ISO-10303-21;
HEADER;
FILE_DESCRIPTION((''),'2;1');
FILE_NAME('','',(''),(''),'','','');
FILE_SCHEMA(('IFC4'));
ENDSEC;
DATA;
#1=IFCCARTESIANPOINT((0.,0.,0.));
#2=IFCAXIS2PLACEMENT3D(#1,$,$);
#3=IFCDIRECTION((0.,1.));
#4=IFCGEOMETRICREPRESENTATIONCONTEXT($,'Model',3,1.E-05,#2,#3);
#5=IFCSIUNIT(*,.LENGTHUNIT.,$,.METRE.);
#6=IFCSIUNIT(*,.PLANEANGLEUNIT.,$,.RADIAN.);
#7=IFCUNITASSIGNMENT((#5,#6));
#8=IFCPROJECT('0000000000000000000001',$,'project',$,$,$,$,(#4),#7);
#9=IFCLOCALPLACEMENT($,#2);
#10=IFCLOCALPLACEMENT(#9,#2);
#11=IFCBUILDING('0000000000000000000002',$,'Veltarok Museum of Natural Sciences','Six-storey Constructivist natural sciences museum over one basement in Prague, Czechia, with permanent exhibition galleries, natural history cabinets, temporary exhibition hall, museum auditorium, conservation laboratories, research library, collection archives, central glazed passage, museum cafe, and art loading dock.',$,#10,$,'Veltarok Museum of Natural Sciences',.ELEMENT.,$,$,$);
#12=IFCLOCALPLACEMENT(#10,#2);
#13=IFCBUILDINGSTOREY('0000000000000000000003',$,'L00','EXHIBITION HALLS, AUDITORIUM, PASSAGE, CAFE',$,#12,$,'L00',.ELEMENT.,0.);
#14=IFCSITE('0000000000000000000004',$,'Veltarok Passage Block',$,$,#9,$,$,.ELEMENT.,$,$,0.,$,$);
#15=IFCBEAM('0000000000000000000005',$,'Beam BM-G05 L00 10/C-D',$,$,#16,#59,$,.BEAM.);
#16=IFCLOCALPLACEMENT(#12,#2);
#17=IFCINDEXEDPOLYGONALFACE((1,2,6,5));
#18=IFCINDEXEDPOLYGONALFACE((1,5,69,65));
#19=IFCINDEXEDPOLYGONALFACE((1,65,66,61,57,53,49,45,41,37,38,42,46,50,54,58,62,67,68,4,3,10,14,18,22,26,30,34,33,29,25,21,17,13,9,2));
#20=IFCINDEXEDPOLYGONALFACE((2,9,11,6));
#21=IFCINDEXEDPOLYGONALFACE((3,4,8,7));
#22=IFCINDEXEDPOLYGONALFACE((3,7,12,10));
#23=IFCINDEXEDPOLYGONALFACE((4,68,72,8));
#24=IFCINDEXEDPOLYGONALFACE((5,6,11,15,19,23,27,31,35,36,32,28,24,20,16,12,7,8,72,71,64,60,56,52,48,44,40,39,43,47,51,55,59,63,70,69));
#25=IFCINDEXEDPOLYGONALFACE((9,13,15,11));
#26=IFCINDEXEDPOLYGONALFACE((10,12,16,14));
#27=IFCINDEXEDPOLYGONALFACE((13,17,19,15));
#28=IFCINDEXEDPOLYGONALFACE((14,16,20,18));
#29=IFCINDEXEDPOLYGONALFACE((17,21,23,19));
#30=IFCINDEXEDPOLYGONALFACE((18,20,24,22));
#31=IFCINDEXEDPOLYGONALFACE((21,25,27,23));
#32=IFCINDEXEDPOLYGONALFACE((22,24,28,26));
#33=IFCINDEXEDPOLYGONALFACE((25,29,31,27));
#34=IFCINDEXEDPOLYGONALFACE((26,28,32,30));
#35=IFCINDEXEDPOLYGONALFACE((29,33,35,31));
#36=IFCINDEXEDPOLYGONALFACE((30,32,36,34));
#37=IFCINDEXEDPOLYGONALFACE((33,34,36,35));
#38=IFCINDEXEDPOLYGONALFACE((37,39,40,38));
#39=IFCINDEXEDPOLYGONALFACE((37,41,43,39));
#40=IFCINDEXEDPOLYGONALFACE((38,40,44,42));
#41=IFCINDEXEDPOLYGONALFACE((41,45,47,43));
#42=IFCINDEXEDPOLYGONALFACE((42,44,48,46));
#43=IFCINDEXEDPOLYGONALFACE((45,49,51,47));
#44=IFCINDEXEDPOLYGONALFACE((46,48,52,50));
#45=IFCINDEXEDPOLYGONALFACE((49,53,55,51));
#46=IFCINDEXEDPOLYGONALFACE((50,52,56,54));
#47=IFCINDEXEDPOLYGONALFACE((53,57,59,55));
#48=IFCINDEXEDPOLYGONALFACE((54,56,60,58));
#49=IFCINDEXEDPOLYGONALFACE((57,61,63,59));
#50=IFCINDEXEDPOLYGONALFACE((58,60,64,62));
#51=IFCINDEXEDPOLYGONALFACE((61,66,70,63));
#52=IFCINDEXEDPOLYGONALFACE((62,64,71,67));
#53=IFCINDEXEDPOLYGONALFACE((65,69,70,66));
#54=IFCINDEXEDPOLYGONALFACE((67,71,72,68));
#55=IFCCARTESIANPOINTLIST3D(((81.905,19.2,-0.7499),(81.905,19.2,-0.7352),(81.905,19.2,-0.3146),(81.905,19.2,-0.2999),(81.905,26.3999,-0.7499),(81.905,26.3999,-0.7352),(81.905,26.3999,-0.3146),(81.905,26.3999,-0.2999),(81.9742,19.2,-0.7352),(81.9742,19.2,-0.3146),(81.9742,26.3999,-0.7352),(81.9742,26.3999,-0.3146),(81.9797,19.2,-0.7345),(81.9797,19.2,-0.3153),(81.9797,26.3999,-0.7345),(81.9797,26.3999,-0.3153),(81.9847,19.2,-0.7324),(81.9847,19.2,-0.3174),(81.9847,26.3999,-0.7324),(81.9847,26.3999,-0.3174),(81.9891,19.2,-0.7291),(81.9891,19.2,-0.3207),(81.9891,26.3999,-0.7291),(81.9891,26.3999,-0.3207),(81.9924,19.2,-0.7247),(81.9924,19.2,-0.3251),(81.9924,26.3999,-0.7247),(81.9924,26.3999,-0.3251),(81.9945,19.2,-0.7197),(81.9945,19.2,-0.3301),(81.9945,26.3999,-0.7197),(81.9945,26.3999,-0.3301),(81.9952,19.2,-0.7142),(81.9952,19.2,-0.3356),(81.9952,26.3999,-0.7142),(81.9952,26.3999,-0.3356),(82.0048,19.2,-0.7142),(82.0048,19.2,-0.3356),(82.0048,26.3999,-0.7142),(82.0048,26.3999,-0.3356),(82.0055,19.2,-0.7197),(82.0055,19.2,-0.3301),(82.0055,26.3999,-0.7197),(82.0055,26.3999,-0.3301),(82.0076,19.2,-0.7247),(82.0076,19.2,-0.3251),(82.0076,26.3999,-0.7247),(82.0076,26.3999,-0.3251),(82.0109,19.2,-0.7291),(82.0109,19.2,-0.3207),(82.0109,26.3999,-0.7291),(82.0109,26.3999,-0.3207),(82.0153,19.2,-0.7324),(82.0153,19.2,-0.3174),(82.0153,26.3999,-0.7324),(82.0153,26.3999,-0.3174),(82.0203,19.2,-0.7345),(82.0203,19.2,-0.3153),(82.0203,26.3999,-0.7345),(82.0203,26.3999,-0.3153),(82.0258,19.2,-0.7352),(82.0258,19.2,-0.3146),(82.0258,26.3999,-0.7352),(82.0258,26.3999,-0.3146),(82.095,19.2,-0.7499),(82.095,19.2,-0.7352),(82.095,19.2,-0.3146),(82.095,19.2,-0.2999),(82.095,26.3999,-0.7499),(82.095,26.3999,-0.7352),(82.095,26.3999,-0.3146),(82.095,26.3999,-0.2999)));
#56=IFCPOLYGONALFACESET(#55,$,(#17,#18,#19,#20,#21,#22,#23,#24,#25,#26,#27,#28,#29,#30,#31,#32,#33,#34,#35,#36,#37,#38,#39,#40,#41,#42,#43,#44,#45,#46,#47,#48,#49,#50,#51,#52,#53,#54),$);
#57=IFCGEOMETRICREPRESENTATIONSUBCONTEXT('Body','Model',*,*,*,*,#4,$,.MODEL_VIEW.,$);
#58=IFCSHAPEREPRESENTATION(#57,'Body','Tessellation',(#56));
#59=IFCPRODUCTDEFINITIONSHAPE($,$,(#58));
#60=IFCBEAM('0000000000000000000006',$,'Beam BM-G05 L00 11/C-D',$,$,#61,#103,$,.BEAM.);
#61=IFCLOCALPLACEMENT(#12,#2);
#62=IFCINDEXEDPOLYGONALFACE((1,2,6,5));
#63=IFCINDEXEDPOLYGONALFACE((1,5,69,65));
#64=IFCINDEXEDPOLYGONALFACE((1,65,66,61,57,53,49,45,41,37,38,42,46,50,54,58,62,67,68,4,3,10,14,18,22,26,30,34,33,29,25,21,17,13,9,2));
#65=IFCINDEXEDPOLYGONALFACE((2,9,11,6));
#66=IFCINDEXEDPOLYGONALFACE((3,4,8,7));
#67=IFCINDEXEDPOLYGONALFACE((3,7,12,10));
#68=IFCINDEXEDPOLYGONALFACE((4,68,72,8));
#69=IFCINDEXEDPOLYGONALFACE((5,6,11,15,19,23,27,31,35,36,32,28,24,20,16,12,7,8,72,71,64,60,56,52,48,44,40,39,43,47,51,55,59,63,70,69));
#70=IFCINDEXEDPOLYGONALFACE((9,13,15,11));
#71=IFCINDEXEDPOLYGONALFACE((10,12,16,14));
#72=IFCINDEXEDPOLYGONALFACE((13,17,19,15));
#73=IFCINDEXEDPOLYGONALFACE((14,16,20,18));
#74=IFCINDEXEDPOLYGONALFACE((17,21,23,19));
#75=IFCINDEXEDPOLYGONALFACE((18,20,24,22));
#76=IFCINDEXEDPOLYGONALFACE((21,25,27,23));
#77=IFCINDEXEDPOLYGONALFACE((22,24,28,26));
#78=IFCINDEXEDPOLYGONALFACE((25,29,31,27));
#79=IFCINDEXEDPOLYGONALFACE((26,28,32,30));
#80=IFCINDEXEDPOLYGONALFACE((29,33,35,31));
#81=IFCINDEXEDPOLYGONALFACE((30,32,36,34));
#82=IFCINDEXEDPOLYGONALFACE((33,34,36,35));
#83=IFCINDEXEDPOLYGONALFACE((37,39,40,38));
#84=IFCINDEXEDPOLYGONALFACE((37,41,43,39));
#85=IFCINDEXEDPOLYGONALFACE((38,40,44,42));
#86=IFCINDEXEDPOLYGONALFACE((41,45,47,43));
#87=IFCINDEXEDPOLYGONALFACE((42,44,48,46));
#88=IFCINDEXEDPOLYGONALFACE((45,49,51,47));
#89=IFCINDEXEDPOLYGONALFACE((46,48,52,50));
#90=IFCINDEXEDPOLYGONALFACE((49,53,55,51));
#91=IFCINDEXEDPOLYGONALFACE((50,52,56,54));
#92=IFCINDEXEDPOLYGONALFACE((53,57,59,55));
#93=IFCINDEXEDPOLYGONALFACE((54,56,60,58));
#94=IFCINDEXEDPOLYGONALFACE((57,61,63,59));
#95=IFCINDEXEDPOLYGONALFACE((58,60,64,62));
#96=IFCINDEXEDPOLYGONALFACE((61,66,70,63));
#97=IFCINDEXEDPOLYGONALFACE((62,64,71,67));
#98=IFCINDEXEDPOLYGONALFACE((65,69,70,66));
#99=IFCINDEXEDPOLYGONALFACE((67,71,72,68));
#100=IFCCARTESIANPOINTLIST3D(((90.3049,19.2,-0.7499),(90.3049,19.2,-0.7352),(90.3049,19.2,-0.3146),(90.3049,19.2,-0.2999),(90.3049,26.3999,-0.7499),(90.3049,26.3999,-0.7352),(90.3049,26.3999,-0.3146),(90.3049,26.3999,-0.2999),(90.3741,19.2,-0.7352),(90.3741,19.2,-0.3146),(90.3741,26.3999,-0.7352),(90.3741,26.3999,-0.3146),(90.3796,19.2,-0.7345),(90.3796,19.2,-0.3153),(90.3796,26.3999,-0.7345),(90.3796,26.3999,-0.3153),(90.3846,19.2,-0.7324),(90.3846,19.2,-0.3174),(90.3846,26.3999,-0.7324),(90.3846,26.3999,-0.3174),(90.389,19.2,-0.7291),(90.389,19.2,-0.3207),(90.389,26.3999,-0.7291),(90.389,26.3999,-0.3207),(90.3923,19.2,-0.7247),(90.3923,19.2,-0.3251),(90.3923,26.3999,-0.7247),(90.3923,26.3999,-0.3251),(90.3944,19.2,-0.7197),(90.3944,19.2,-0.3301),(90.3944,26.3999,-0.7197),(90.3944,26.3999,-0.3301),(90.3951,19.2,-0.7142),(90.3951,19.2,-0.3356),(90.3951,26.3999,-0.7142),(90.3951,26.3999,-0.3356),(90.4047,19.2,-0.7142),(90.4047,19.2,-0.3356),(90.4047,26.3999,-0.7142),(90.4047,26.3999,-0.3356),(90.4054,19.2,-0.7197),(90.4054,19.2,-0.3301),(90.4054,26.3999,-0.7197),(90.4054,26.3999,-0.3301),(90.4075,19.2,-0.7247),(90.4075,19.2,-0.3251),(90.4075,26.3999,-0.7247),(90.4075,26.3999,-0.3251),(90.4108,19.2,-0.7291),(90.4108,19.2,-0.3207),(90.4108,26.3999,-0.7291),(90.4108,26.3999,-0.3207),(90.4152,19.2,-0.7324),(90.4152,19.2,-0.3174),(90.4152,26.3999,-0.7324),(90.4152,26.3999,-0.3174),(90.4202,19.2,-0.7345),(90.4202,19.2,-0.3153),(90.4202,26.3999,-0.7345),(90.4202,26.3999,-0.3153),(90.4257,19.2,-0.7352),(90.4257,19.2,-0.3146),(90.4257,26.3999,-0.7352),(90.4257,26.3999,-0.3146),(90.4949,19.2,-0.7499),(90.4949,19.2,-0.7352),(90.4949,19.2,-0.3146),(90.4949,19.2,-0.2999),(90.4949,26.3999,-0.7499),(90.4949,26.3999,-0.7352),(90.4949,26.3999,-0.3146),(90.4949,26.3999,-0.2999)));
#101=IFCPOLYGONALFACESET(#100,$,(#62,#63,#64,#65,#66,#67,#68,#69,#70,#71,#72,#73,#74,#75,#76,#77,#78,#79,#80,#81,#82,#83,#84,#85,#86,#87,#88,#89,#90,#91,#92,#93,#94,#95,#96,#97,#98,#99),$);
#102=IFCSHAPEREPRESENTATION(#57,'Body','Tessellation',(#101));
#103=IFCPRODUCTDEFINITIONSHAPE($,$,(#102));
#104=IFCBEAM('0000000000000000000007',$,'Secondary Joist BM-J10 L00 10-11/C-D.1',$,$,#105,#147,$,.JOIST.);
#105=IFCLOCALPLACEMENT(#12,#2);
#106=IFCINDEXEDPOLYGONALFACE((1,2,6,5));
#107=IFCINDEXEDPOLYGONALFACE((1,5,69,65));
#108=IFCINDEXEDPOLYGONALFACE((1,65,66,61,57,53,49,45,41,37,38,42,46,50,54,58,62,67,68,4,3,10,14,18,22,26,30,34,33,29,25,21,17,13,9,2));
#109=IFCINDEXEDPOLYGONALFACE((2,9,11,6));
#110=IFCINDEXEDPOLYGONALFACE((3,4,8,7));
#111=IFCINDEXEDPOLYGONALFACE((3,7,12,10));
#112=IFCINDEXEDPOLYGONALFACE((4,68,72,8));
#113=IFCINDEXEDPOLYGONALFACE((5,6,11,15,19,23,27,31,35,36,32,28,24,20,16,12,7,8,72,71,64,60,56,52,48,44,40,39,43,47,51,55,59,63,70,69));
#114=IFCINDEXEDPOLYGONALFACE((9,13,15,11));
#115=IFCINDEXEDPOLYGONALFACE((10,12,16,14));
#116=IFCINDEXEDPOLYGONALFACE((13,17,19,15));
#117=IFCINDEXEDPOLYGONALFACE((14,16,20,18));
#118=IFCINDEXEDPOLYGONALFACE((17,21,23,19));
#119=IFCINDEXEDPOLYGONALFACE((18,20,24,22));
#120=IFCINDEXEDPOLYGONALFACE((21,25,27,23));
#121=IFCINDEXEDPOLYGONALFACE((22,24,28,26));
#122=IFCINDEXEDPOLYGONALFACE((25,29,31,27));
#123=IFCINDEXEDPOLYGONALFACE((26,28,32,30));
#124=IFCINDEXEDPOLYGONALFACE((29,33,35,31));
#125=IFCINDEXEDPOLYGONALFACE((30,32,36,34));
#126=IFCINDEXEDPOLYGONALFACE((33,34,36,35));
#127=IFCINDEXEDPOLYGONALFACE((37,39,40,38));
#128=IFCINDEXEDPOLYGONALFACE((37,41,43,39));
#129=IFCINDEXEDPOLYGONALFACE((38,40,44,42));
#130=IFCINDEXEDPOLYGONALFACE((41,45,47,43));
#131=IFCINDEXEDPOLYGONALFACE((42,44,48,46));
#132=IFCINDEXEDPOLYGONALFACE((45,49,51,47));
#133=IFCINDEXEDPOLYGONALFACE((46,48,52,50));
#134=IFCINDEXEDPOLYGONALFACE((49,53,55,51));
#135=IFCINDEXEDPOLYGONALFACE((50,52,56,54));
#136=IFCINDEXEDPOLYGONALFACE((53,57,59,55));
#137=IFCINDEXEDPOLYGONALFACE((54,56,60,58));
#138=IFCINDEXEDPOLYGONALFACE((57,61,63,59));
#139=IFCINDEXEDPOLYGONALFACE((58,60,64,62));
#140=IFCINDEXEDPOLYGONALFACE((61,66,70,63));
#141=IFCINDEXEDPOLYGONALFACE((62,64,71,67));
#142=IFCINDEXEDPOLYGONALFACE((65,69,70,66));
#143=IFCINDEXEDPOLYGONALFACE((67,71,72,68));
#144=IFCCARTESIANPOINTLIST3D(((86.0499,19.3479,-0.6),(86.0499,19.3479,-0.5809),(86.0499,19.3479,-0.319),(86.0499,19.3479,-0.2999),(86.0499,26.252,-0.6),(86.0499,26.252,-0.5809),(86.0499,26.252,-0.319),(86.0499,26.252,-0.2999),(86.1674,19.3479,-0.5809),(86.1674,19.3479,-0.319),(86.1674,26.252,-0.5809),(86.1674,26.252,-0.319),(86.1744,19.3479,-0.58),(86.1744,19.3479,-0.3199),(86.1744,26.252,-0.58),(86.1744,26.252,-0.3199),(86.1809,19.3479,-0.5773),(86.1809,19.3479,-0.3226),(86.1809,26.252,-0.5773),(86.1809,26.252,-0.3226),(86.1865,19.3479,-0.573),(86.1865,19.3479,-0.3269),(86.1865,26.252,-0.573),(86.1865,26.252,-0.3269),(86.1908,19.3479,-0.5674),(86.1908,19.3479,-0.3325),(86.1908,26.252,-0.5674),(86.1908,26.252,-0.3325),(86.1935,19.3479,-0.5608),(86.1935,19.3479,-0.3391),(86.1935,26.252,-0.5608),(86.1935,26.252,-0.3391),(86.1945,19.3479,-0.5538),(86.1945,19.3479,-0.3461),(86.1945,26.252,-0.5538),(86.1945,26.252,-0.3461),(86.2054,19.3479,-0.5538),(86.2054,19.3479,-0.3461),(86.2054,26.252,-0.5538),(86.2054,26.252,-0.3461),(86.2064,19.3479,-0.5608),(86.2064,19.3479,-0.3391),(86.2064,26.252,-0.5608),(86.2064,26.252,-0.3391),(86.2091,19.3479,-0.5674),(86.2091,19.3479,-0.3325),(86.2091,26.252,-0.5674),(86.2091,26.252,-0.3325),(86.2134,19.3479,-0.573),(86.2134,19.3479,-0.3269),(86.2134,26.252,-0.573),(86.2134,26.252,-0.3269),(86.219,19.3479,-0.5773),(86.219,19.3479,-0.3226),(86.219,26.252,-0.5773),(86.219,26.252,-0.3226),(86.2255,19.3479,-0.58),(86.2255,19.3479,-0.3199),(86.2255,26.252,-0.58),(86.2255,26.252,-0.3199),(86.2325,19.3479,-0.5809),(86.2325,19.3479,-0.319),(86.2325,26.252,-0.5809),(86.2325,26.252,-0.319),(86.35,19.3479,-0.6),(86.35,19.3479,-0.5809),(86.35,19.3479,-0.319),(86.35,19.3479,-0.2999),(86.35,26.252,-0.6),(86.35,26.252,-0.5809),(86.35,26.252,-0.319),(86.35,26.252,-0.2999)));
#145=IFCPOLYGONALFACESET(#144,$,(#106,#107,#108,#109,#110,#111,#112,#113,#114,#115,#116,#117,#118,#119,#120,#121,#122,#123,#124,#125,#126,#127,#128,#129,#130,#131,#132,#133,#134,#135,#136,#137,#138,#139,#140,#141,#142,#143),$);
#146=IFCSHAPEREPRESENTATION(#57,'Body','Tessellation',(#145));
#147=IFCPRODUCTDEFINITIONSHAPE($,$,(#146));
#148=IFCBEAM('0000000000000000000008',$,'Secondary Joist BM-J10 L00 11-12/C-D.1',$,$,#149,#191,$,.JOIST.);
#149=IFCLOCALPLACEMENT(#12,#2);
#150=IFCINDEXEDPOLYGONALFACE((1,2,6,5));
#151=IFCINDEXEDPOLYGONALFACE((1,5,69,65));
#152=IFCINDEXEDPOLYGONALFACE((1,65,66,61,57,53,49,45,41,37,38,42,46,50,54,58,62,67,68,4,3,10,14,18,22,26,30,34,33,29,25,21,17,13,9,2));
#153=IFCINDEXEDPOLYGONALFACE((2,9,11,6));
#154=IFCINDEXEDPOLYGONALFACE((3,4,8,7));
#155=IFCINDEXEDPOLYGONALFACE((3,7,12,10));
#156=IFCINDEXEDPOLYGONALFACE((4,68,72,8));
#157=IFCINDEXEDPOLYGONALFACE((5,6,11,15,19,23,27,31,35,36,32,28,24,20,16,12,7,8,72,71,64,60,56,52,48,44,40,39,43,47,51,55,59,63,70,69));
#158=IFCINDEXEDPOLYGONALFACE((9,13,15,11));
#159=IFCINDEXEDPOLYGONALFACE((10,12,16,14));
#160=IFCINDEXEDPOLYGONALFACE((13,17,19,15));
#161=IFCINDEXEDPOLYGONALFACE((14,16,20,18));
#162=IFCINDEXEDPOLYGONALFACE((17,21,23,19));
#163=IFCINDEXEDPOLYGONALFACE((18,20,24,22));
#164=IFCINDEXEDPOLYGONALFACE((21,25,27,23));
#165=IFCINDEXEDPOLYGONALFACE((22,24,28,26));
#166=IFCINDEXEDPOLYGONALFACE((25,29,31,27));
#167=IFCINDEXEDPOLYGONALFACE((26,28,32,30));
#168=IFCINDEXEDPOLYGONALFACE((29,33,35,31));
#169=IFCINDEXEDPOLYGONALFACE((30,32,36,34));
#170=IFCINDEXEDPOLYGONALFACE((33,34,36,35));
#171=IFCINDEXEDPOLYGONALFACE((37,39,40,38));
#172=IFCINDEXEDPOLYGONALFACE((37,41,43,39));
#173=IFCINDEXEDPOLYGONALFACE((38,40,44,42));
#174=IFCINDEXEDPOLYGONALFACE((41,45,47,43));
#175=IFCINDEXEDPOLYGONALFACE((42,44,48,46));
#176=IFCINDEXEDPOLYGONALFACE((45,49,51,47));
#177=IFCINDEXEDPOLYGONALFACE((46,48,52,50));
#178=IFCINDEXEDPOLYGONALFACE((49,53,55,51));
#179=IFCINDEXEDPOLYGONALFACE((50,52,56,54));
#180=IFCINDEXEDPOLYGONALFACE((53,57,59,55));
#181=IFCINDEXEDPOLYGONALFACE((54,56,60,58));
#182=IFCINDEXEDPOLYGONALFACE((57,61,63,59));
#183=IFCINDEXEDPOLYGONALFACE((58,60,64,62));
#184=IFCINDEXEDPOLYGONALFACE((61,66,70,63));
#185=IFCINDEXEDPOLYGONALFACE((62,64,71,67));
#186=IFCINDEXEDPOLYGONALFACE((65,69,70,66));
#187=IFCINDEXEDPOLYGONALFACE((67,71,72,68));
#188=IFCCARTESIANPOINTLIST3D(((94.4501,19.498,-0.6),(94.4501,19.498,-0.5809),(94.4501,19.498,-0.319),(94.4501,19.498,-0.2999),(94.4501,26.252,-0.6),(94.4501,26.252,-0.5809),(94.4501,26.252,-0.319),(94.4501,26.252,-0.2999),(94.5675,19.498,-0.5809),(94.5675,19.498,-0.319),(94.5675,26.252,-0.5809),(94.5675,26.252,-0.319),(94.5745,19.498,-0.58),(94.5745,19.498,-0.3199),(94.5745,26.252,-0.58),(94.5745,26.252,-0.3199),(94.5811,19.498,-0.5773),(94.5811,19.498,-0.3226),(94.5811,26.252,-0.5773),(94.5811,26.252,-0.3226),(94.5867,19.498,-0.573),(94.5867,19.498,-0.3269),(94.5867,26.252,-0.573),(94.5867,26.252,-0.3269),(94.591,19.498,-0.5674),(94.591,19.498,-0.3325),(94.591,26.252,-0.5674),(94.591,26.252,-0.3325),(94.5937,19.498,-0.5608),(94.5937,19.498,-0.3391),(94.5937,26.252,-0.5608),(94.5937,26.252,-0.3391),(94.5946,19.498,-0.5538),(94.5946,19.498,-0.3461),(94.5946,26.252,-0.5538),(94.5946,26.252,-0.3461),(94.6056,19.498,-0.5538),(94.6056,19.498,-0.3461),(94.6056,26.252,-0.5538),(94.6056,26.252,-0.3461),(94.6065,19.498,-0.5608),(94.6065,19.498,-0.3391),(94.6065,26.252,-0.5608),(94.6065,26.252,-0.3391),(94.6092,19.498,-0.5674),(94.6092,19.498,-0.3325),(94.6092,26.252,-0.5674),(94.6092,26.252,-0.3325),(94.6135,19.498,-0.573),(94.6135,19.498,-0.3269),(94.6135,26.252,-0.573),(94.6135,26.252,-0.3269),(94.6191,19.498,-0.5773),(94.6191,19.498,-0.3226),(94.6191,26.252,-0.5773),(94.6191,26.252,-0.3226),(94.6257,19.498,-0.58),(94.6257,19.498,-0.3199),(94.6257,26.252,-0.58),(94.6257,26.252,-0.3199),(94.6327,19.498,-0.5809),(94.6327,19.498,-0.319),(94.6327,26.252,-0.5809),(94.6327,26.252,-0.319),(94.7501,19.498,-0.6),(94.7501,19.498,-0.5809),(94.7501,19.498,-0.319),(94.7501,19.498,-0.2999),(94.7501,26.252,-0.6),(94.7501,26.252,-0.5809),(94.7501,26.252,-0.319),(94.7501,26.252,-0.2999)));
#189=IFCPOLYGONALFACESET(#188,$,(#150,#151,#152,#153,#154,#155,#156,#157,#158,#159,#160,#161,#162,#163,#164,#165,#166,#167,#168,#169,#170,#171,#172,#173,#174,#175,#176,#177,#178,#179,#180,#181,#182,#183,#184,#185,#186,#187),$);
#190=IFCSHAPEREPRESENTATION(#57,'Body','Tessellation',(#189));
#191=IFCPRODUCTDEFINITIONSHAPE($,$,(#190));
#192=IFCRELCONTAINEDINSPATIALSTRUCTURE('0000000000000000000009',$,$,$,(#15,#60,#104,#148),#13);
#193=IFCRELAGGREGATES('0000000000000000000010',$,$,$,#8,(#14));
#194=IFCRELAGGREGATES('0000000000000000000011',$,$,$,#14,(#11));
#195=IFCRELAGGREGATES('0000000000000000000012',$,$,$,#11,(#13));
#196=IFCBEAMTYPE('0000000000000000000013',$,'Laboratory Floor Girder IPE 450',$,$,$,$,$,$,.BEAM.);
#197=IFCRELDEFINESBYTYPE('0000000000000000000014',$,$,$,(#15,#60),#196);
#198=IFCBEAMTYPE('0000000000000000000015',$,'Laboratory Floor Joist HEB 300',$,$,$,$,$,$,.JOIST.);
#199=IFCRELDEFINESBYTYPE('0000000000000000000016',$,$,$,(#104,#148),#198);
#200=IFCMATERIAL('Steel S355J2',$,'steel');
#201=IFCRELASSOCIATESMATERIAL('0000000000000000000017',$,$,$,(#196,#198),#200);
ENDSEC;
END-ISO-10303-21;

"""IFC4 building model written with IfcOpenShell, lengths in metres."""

from ifc_helpers import new_model, si_unit, direction, frame, origin, origin_2d, place, context, subcontext, project, spatial, i_section, extrude, material, material_profile, profile_set, type_object, element, save


model = new_model("IFC4")

# Units and contexts
model_context = context("Model", 3, precision=1e-05, world=origin(), true_north=direction((0.0, 1.0)))
body_context = subcontext(model_context, "Body", "Model", "MODEL_VIEW")
ifc_project = project(units=[si_unit("LENGTHUNIT", "METRE"), si_unit("PLANEANGLEUNIT", "RADIAN")], contexts=[model_context])

# Site, building, storey
site_placement = place(None, origin())
site = spatial("IfcSite", under=ifc_project, at=site_placement, Name="Veltarok Passage Block", CompositionType="ELEMENT", RefElevation=0.0)
building_placement = place(site_placement, origin())
building = spatial("IfcBuilding", under=site, at=building_placement, Name="Veltarok Museum of Natural Sciences", Description="Six-storey Constructivist natural sciences museum over one basement in Prague, Czechia, with permanent exhibition galleries, natural history cabinets, temporary exhibition hall, museum auditorium, conservation laboratories, research library, collection archives, central glazed passage, museum cafe, and art loading dock.", LongName="Veltarok Museum of Natural Sciences", CompositionType="ELEMENT")
storey_placement = place(building_placement, origin())
storey = spatial("IfcBuildingStorey", under=building, at=storey_placement, Name="L00", Description="EXHIBITION HALLS, AUDITORIUM, PASSAGE, CAFE", LongName="L00", CompositionType="ELEMENT", Elevation=0.0)

# Shared definitions
ifc_material_1 = material(Name="Steel S355J2", Category="steel")

# Beams
ifc_material_profile_1 = material_profile(ifc_material_1, i_section(OverallWidth=0.1899, OverallDepth=0.45, WebThickness=0.0095, FlangeThickness=0.0146, FilletRadius=0.021, at=origin_2d()), Name="IPE 450")
ifc_profile_set_1 = profile_set([ifc_material_profile_1], Name="Steel S355J2")
beam_type_1 = type_object("IfcBeamType", Name="Laboratory Floor Girder IPE 450", PredefinedType="BEAM", material=ifc_profile_set_1)
for number, where, z_axis, x_axis, name in (
    (1, (82.0, 19.2, -0.5249), (0.0, 1.0, 0.0), (-1.0, 0.0, 0.0), "Beam BM-G05 L00 10/C-D"),
    (2, (90.3999, 19.2, -0.5249), (0.0, 1.0, 0.0), (-1.0, 0.0, 0.0), "Beam BM-G05 L00 11/C-D"),
):
    element("IfcBeam", number, at=place(storey_placement, frame(where, z_axis=z_axis, x_axis=x_axis)), inside=storey, type_object=beam_type_1, Name=name, PredefinedType="BEAM", context=body_context, shape_type="SweptSolid", body=[
        extrude(i_section(OverallWidth=0.1899, OverallDepth=0.45, WebThickness=0.0095, FlangeThickness=0.0146, FilletRadius=0.021, at=origin_2d()), origin(), (0.0, 0.0, 1.0), 7.2),
    ])
ifc_material_profile_2 = material_profile(ifc_material_1, i_section(OverallWidth=0.3, OverallDepth=0.3, WebThickness=0.011, FlangeThickness=0.019, FilletRadius=0.0271, at=origin_2d()), Name="HEB 300")
ifc_profile_set_2 = profile_set([ifc_material_profile_2], Name="Steel S355J2")
beam_type_2 = type_object("IfcBeamType", Name="Laboratory Floor Joist HEB 300", PredefinedType="JOIST", material=ifc_profile_set_2)
beam_1_placement = place(storey_placement, frame((86.2, 19.3479, -0.45), z_axis=(0.0, 1.0, 0.0), x_axis=(-1.0, 0.0, 0.0)))
element("IfcBeam", 3, at=beam_1_placement, inside=storey, type_object=beam_type_2, Name="Secondary Joist BM-J10 L00 10-11/C-D.1", PredefinedType="JOIST", context=body_context, shape_type="SweptSolid", body=[
    extrude(i_section(OverallWidth=0.3, OverallDepth=0.3, WebThickness=0.011, FlangeThickness=0.019, FilletRadius=0.0271, at=origin_2d()), origin(), (0.0, 0.0, 1.0), 6.9041),
])
beam_2_placement = place(storey_placement, frame((94.6001, 19.498, -0.45), z_axis=(0.0, 1.0, 0.0), x_axis=(-1.0, 0.0, 0.0)))
element("IfcBeam", 4, at=beam_2_placement, inside=storey, type_object=beam_type_2, Name="Secondary Joist BM-J10 L00 11-12/C-D.1", PredefinedType="JOIST", context=body_context, shape_type="SweptSolid", body=[
    extrude(i_section(OverallWidth=0.3, OverallDepth=0.3, WebThickness=0.011, FlangeThickness=0.019, FilletRadius=0.0271, at=origin_2d()), origin(), (0.0, 0.0, 1.0), 6.7539),
])

save(model, "model.ifc")
